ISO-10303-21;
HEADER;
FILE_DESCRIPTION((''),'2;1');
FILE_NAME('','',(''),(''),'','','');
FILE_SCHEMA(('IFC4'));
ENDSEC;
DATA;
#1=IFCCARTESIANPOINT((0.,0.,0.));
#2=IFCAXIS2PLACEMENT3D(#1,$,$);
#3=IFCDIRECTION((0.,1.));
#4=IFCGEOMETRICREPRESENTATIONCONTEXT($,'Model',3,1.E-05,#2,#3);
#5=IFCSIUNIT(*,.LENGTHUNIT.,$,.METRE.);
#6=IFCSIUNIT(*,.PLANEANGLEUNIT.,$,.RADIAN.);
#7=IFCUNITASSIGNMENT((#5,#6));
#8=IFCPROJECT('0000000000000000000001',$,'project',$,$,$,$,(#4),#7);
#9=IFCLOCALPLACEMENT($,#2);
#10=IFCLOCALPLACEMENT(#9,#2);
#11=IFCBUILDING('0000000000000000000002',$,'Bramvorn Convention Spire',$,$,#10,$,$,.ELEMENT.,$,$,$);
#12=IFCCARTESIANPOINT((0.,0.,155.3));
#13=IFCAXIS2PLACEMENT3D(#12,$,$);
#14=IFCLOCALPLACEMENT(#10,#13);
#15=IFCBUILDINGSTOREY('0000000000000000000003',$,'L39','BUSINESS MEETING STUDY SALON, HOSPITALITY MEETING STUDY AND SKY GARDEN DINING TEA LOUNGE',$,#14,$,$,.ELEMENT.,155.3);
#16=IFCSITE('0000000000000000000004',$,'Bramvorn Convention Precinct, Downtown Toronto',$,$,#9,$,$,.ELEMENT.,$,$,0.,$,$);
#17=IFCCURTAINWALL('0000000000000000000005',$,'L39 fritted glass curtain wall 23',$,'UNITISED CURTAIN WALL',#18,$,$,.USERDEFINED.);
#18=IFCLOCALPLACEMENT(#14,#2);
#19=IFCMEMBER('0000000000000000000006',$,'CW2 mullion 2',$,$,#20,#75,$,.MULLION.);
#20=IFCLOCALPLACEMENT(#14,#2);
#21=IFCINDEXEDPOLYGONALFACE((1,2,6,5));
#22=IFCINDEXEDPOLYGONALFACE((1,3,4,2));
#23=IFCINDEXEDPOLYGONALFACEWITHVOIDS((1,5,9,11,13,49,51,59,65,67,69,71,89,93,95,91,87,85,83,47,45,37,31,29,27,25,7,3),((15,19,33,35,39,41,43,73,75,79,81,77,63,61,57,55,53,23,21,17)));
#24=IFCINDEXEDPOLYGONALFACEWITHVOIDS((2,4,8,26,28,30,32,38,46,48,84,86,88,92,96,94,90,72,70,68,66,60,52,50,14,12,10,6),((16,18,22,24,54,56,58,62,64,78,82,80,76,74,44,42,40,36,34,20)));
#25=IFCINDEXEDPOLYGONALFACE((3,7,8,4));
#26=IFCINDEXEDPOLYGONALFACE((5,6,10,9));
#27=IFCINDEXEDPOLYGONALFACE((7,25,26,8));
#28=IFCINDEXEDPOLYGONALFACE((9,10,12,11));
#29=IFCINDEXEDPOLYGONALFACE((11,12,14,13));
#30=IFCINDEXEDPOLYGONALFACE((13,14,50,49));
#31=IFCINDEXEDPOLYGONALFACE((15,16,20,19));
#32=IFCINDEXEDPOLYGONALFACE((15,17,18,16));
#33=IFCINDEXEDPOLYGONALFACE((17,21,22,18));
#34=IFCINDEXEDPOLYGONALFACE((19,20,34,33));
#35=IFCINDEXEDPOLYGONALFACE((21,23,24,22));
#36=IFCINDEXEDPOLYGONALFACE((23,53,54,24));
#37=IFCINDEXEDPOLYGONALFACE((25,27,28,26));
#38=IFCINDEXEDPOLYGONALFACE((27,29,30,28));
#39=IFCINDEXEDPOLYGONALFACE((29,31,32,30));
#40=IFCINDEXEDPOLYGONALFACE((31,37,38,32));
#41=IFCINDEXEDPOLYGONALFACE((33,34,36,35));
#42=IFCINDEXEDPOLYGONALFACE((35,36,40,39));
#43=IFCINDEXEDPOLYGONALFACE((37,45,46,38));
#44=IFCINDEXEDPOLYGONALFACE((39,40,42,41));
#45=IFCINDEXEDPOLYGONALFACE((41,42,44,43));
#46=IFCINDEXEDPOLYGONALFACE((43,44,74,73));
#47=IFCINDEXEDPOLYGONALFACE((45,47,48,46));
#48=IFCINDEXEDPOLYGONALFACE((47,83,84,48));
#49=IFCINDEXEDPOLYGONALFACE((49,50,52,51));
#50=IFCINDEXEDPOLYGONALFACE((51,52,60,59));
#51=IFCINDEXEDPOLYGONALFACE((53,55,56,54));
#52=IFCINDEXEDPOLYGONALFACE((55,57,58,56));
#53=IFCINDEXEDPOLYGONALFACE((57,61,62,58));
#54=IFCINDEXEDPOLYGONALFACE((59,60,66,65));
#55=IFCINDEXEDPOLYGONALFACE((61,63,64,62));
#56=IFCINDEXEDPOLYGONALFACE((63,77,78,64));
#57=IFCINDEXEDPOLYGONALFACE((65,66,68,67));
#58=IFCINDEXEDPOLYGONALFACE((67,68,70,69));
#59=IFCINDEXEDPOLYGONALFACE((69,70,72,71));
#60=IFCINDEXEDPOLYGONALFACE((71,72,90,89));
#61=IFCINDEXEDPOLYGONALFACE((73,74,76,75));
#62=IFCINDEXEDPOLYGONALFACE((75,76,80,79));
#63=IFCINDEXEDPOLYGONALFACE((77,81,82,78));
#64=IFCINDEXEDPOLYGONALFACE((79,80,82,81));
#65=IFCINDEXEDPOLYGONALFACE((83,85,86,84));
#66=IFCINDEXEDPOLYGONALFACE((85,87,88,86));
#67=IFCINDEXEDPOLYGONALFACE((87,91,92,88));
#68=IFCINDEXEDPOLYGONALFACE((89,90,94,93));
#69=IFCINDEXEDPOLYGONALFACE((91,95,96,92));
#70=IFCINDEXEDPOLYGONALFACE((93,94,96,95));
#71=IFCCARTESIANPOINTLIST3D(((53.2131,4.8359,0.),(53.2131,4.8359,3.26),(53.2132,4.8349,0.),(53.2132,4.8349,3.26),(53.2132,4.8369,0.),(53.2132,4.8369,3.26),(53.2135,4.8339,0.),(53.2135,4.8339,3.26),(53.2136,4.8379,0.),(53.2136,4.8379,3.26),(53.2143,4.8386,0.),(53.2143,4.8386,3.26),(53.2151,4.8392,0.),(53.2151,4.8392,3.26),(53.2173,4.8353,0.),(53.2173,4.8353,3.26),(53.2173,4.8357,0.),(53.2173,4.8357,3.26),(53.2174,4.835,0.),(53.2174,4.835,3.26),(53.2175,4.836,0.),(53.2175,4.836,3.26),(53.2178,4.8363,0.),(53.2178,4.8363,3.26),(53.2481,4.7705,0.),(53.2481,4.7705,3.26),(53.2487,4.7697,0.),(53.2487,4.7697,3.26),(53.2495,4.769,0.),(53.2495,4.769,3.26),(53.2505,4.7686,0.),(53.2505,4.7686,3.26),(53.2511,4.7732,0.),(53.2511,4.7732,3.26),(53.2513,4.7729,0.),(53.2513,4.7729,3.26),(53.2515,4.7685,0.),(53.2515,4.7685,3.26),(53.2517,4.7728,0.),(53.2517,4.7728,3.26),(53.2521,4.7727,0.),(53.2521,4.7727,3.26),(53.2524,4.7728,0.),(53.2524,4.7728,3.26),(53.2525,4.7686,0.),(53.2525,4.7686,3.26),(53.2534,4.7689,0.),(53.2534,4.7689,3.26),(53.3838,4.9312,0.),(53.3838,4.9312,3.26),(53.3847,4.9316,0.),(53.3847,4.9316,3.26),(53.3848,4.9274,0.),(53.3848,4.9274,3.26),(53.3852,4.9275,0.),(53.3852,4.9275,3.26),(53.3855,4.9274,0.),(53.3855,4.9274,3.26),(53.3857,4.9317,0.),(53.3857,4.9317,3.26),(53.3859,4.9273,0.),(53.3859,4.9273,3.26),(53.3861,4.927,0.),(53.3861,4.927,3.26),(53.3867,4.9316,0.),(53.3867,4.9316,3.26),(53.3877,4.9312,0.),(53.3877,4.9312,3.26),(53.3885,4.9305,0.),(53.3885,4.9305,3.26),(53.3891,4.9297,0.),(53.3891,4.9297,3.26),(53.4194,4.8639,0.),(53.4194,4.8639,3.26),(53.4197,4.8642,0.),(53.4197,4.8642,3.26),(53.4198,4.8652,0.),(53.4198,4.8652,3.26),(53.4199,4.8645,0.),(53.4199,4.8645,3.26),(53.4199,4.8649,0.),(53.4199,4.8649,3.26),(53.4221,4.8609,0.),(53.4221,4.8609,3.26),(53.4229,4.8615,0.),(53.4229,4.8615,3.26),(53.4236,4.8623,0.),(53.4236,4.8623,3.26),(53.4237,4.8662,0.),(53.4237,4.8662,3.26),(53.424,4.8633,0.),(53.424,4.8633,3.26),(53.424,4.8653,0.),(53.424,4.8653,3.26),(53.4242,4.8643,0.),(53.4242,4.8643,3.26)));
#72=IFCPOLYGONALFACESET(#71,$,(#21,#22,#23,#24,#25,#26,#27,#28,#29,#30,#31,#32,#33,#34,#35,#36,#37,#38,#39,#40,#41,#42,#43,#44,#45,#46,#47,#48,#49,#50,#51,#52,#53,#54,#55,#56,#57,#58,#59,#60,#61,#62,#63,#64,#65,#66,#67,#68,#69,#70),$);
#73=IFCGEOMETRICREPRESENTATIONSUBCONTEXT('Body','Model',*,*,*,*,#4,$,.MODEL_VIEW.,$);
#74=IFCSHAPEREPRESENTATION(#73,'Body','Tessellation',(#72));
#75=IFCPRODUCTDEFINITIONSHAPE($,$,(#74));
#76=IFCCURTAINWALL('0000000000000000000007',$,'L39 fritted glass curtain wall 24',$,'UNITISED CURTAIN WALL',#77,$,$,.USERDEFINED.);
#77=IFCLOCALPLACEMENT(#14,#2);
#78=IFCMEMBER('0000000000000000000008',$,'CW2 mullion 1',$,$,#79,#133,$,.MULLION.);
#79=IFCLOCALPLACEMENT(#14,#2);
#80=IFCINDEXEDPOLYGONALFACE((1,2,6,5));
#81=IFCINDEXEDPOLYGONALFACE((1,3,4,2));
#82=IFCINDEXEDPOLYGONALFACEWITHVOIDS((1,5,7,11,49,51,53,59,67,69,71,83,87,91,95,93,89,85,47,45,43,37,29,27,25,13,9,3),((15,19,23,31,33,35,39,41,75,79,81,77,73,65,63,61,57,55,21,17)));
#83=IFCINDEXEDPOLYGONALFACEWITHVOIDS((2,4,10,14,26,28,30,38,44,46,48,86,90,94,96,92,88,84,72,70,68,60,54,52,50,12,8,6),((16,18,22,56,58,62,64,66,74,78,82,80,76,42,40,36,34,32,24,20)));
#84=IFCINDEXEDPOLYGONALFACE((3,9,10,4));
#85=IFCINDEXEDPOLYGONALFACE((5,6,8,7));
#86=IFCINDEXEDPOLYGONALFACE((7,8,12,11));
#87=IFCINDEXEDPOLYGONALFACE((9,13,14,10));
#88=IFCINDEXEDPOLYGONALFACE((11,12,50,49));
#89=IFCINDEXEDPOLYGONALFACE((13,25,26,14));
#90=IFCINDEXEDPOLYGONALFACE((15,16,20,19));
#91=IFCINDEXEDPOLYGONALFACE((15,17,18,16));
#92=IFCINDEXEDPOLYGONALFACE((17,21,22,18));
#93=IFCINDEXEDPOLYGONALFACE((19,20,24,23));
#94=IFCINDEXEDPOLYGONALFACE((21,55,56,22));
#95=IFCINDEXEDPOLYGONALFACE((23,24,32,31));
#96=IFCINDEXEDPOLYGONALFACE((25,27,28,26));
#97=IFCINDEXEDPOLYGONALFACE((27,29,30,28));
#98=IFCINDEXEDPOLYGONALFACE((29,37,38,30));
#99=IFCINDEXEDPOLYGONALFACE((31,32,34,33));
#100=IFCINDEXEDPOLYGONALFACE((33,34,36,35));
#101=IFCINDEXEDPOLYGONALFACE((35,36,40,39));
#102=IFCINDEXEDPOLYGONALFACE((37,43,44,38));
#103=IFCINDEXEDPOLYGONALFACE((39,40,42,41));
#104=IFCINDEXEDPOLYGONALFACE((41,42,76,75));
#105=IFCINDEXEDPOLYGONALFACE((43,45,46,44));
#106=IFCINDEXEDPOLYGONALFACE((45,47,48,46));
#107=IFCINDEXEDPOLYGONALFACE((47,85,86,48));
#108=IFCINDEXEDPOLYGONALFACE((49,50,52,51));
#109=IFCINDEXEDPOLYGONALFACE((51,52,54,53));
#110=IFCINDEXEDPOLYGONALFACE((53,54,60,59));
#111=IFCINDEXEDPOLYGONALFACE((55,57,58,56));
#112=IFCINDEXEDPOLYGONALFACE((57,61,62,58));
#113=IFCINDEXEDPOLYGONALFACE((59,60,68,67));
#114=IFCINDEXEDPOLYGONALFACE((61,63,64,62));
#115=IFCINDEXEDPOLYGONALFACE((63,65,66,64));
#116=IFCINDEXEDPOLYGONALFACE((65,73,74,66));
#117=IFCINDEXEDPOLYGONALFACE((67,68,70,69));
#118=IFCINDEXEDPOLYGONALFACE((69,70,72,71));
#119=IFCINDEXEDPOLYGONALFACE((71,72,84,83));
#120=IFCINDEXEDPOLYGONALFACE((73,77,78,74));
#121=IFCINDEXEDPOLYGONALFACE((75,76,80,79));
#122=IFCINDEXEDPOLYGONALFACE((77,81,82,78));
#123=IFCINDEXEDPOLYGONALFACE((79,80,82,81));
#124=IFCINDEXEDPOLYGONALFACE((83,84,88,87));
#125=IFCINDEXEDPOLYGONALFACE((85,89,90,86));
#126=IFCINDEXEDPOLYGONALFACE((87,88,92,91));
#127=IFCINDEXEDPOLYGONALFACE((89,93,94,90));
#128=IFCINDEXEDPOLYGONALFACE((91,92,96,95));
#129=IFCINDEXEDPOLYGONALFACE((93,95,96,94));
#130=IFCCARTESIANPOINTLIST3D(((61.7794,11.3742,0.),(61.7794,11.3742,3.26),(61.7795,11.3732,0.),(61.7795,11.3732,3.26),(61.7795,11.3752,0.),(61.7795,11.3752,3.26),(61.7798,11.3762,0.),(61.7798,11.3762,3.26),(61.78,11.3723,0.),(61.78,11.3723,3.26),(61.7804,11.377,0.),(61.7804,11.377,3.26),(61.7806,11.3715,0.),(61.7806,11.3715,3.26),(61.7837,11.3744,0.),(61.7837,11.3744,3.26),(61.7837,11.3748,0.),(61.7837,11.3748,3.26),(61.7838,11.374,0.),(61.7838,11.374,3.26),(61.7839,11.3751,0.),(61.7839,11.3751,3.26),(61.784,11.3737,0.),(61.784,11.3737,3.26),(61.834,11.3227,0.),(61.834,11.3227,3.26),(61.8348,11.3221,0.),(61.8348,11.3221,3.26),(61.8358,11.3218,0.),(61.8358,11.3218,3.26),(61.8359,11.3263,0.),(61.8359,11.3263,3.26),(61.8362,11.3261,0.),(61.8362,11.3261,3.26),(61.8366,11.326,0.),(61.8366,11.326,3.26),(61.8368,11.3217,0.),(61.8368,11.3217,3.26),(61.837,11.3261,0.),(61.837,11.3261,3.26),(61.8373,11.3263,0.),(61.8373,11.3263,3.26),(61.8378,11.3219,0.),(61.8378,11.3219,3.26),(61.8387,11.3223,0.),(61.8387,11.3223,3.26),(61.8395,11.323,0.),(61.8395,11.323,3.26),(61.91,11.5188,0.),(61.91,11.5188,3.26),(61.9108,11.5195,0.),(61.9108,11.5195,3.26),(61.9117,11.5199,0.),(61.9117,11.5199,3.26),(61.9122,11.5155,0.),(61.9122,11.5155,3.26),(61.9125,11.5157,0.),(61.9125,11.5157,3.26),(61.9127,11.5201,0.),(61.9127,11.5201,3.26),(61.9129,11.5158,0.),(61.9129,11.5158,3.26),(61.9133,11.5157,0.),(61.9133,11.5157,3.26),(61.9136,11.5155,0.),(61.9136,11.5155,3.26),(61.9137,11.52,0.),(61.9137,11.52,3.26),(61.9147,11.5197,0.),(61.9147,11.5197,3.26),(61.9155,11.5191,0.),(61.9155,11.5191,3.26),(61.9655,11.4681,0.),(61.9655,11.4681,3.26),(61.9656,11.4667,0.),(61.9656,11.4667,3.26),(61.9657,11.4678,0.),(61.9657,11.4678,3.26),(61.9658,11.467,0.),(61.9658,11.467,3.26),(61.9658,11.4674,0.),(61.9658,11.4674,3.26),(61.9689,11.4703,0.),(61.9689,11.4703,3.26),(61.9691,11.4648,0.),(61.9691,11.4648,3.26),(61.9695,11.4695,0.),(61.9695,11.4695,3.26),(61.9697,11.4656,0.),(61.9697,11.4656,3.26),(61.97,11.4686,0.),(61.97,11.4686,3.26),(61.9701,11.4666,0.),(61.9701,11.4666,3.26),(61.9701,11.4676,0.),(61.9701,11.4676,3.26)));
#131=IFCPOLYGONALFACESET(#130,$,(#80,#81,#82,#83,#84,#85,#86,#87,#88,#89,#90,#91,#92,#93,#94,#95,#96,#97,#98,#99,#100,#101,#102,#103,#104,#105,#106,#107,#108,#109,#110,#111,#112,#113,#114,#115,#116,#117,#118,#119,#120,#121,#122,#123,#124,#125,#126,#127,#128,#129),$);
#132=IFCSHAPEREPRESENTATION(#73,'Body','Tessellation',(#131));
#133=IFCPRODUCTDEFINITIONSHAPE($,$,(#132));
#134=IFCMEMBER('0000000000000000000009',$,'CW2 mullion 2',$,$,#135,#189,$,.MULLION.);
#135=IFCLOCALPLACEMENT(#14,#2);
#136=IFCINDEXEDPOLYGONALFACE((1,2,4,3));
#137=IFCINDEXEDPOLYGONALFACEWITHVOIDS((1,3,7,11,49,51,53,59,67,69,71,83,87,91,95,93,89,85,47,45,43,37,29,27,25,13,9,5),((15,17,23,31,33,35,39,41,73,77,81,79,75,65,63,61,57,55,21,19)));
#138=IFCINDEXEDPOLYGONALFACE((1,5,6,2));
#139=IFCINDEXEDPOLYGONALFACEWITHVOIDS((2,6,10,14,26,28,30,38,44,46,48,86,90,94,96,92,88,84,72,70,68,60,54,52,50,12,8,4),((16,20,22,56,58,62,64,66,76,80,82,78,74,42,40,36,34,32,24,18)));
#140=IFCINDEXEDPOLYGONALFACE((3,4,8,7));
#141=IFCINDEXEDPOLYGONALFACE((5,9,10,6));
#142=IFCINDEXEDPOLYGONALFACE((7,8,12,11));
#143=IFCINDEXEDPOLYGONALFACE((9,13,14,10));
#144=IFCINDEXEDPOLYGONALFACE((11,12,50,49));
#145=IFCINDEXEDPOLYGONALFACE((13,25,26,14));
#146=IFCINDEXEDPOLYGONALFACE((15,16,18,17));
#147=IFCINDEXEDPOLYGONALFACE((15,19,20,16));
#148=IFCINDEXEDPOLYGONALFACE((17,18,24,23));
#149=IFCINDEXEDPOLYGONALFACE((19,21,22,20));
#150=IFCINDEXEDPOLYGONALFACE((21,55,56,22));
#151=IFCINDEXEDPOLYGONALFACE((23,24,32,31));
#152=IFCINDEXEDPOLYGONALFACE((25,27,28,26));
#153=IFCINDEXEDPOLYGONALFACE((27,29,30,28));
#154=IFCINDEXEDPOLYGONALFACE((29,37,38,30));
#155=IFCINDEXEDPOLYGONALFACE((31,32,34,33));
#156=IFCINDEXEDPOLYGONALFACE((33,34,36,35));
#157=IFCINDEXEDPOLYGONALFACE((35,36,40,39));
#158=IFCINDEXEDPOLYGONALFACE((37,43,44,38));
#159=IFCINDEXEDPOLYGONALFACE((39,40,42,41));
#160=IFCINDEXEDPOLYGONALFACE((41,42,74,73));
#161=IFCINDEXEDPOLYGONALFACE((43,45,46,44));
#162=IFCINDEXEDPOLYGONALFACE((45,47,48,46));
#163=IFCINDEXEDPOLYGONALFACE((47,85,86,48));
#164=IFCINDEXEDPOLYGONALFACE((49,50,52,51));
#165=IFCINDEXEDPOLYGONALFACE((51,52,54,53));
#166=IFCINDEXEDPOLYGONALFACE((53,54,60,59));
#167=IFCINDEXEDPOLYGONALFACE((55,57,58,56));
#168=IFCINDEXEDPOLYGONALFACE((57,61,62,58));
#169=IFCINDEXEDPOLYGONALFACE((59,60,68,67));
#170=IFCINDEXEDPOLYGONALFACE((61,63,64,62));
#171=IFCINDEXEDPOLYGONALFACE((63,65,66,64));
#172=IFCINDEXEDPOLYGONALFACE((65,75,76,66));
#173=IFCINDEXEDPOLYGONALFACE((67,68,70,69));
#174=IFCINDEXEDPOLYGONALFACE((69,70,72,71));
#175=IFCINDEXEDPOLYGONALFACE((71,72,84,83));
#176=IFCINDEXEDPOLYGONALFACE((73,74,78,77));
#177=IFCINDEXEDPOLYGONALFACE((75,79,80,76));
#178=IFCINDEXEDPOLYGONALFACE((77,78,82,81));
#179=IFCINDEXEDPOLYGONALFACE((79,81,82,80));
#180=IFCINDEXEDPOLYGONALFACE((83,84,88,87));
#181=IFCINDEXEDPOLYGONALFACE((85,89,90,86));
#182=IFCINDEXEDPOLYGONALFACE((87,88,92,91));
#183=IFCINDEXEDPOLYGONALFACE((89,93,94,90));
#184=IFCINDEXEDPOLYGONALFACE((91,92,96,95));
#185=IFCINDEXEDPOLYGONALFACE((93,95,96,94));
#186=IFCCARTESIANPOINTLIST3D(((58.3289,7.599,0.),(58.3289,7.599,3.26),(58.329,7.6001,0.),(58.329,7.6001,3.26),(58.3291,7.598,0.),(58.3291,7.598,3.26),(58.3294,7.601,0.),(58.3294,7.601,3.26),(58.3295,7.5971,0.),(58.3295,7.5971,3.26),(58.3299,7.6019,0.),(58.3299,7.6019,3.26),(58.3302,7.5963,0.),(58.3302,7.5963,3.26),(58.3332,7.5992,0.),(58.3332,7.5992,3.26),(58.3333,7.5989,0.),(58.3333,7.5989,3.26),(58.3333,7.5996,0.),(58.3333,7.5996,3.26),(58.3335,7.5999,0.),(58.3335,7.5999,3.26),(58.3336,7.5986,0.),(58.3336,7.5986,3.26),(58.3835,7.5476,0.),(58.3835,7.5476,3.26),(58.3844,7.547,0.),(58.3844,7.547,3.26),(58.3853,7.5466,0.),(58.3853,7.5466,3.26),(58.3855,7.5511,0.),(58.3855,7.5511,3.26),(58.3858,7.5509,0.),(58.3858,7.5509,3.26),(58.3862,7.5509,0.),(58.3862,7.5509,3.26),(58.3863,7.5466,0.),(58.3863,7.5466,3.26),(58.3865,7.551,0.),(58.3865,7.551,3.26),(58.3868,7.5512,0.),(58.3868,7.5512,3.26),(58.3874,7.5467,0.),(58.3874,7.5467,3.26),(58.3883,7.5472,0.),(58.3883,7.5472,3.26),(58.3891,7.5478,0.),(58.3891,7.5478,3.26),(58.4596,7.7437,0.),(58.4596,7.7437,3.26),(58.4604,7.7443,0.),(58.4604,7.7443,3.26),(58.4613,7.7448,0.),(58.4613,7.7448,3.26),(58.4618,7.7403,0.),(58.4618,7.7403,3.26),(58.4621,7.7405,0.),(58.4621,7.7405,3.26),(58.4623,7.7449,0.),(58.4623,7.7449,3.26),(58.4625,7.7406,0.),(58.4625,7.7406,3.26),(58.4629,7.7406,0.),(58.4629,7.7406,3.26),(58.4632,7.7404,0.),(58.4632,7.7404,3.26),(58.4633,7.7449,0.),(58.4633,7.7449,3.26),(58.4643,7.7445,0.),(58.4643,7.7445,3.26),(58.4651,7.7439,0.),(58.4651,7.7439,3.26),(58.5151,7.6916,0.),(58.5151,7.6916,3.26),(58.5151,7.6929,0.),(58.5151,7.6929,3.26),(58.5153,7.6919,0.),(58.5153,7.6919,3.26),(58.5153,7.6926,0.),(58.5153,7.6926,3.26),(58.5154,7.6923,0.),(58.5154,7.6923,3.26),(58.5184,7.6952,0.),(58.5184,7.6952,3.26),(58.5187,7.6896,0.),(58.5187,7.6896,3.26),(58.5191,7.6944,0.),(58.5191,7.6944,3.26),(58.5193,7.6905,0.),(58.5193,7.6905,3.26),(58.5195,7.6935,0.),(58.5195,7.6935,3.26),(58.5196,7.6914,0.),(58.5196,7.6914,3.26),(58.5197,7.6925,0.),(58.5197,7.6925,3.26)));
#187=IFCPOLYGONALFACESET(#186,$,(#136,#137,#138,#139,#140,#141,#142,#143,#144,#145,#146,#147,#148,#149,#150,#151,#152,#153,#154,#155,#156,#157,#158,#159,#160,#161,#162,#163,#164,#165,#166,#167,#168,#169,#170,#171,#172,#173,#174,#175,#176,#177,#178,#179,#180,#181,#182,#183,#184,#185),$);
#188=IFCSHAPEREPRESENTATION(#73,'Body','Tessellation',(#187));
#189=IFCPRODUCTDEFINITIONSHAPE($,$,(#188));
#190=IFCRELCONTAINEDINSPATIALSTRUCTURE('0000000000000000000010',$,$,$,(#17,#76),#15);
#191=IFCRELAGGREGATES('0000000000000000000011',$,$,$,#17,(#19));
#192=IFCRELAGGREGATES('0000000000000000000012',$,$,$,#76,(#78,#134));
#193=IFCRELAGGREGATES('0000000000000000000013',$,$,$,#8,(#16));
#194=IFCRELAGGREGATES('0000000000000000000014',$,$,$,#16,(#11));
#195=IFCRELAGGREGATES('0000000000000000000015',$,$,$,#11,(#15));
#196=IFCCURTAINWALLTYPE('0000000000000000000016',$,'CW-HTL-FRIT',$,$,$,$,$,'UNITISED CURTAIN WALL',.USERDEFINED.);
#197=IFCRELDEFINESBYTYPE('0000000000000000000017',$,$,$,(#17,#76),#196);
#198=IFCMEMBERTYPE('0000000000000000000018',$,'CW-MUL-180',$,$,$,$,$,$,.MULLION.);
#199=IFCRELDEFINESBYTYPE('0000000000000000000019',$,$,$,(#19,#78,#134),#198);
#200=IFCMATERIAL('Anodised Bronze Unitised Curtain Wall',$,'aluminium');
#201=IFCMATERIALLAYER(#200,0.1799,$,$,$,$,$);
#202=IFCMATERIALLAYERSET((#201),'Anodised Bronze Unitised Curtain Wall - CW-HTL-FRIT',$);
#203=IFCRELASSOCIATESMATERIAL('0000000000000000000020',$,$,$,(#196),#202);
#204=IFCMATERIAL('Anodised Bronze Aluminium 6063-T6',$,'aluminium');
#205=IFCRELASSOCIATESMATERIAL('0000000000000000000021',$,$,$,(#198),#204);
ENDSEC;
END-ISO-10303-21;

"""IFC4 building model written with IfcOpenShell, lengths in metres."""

from ifc_helpers import new_model, si_unit, direction, frame, origin, origin_2d, place, context, subcontext, project, spatial, hollow_rectangle, extrude, material, layer, layer_set, material_profile, profile_set, type_object, element, aggregate, save


model = new_model("IFC4")

# Units and contexts
model_context = context("Model", 3, precision=1e-05, world=origin(), true_north=direction((0.0, 1.0)))
body_context = subcontext(model_context, "Body", "Model", "MODEL_VIEW")
ifc_project = project(units=[si_unit("LENGTHUNIT", "METRE"), si_unit("PLANEANGLEUNIT", "RADIAN")], contexts=[model_context])

# Site, building, storey
site_placement = place(None, origin())
site = spatial("IfcSite", under=ifc_project, at=site_placement, Name="Bramvorn Convention Precinct, Downtown Toronto", CompositionType="ELEMENT", RefElevation=0.0)
building_placement = place(site_placement, origin())
building = spatial("IfcBuilding", under=site, at=building_placement, Name="Bramvorn Convention Spire", CompositionType="ELEMENT")
storey_placement = place(building_placement, frame((0.0, 0.0, 155.3)))
storey = spatial("IfcBuildingStorey", under=building, at=storey_placement, Name="L39", Description="BUSINESS MEETING STUDY SALON, HOSPITALITY MEETING STUDY AND SKY GARDEN DINING TEA LOUNGE", CompositionType="ELEMENT", Elevation=155.3)

# Curtain walls, members
ifc_material_1 = material(Name="Anodised Bronze Unitised Curtain Wall", Category="aluminium")
ifc_layer_1 = layer(ifc_material_1, 0.1799)
ifc_layer_set_1 = layer_set([ifc_layer_1], Name="Anodised Bronze Unitised Curtain Wall - CW-HTL-FRIT")
curtain_wall_type = type_object("IfcCurtainWallType", Name="CW-HTL-FRIT", ElementType="UNITISED CURTAIN WALL", PredefinedType="USERDEFINED", material=ifc_layer_set_1)
curtain_wall_1_placement = place(storey_placement, origin())
curtain_wall_1 = element("IfcCurtainWall", 1, at=curtain_wall_1_placement, inside=storey, type_object=curtain_wall_type, Name="L39 fritted glass curtain wall 23", ObjectType="UNITISED CURTAIN WALL", PredefinedType="USERDEFINED")
ifc_material_2 = material(Name="Anodised Bronze Aluminium 6063-T6", Category="aluminium")
ifc_material_profile_1 = material_profile(ifc_material_2, hollow_rectangle(XDim=0.0801, YDim=0.2, WallThickness=0.0039, InnerFilletRadius=0.001, OuterFilletRadius=0.0039, at=origin_2d()))
ifc_profile_set_1 = profile_set([ifc_material_profile_1], Name="Anodised Bronze Aluminium 6063-T6 - CWM80X200")
member_type_1 = type_object("IfcMemberType", Name="CW-MUL-180", PredefinedType="MULLION", material=ifc_profile_set_1)
member_1_placement = place(storey_placement, frame((53.3186, 4.8501, 0.0), z_axis=(0.0, 0.0, 1.0), x_axis=(0.478811, -0.877918, 0.0)))
member_1 = element("IfcMember", 2, at=member_1_placement, type_object=member_type_1, Name="CW2 mullion 2", PredefinedType="MULLION", context=body_context, shape_type="SweptSolid", body=[
    extrude(hollow_rectangle(XDim=0.0801, YDim=0.2, WallThickness=0.0039, InnerFilletRadius=0.001, OuterFilletRadius=0.0039, at=origin_2d()), origin(), (0.0, 0.0, 1.0), 3.26),
])
curtain_wall_2_placement = place(storey_placement, origin())
curtain_wall_2 = element("IfcCurtainWall", 3, at=curtain_wall_2_placement, inside=storey, type_object=curtain_wall_type, Name="L39 fritted glass curtain wall 24", ObjectType="UNITISED CURTAIN WALL", PredefinedType="USERDEFINED")
member_2_placement = place(storey_placement, frame((61.8748, 11.4209, 0.0), z_axis=(0.0, 0.0, 1.0), x_axis=(0.738118, -0.674671, 0.0)))
member_2 = element("IfcMember", 4, at=member_2_placement, type_object=member_type_1, Name="CW2 mullion 1", PredefinedType="MULLION", context=body_context, shape_type="SweptSolid", body=[
    extrude(hollow_rectangle(XDim=0.0801, YDim=0.2, WallThickness=0.0039, InnerFilletRadius=0.001, OuterFilletRadius=0.0039, at=origin_2d()), origin(), (0.0, 0.0, 1.0), 3.26),
])
member_3_placement = place(storey_placement, frame((58.4243, 7.6458, 0.0), z_axis=(0.0, 0.0, 1.0), x_axis=(0.738118, -0.674671, 0.0)))
member_3 = element("IfcMember", 5, at=member_3_placement, type_object=member_type_1, Name="CW2 mullion 2", PredefinedType="MULLION", context=body_context, shape_type="SweptSolid", body=[
    extrude(hollow_rectangle(XDim=0.0801, YDim=0.2, WallThickness=0.0039, InnerFilletRadius=0.001, OuterFilletRadius=0.0039, at=origin_2d()), origin(), (0.0, 0.0, 1.0), 3.26),
])

aggregate(curtain_wall_1, [member_1])
aggregate(curtain_wall_2, [member_2, member_3])

save(model, "model.ifc")
